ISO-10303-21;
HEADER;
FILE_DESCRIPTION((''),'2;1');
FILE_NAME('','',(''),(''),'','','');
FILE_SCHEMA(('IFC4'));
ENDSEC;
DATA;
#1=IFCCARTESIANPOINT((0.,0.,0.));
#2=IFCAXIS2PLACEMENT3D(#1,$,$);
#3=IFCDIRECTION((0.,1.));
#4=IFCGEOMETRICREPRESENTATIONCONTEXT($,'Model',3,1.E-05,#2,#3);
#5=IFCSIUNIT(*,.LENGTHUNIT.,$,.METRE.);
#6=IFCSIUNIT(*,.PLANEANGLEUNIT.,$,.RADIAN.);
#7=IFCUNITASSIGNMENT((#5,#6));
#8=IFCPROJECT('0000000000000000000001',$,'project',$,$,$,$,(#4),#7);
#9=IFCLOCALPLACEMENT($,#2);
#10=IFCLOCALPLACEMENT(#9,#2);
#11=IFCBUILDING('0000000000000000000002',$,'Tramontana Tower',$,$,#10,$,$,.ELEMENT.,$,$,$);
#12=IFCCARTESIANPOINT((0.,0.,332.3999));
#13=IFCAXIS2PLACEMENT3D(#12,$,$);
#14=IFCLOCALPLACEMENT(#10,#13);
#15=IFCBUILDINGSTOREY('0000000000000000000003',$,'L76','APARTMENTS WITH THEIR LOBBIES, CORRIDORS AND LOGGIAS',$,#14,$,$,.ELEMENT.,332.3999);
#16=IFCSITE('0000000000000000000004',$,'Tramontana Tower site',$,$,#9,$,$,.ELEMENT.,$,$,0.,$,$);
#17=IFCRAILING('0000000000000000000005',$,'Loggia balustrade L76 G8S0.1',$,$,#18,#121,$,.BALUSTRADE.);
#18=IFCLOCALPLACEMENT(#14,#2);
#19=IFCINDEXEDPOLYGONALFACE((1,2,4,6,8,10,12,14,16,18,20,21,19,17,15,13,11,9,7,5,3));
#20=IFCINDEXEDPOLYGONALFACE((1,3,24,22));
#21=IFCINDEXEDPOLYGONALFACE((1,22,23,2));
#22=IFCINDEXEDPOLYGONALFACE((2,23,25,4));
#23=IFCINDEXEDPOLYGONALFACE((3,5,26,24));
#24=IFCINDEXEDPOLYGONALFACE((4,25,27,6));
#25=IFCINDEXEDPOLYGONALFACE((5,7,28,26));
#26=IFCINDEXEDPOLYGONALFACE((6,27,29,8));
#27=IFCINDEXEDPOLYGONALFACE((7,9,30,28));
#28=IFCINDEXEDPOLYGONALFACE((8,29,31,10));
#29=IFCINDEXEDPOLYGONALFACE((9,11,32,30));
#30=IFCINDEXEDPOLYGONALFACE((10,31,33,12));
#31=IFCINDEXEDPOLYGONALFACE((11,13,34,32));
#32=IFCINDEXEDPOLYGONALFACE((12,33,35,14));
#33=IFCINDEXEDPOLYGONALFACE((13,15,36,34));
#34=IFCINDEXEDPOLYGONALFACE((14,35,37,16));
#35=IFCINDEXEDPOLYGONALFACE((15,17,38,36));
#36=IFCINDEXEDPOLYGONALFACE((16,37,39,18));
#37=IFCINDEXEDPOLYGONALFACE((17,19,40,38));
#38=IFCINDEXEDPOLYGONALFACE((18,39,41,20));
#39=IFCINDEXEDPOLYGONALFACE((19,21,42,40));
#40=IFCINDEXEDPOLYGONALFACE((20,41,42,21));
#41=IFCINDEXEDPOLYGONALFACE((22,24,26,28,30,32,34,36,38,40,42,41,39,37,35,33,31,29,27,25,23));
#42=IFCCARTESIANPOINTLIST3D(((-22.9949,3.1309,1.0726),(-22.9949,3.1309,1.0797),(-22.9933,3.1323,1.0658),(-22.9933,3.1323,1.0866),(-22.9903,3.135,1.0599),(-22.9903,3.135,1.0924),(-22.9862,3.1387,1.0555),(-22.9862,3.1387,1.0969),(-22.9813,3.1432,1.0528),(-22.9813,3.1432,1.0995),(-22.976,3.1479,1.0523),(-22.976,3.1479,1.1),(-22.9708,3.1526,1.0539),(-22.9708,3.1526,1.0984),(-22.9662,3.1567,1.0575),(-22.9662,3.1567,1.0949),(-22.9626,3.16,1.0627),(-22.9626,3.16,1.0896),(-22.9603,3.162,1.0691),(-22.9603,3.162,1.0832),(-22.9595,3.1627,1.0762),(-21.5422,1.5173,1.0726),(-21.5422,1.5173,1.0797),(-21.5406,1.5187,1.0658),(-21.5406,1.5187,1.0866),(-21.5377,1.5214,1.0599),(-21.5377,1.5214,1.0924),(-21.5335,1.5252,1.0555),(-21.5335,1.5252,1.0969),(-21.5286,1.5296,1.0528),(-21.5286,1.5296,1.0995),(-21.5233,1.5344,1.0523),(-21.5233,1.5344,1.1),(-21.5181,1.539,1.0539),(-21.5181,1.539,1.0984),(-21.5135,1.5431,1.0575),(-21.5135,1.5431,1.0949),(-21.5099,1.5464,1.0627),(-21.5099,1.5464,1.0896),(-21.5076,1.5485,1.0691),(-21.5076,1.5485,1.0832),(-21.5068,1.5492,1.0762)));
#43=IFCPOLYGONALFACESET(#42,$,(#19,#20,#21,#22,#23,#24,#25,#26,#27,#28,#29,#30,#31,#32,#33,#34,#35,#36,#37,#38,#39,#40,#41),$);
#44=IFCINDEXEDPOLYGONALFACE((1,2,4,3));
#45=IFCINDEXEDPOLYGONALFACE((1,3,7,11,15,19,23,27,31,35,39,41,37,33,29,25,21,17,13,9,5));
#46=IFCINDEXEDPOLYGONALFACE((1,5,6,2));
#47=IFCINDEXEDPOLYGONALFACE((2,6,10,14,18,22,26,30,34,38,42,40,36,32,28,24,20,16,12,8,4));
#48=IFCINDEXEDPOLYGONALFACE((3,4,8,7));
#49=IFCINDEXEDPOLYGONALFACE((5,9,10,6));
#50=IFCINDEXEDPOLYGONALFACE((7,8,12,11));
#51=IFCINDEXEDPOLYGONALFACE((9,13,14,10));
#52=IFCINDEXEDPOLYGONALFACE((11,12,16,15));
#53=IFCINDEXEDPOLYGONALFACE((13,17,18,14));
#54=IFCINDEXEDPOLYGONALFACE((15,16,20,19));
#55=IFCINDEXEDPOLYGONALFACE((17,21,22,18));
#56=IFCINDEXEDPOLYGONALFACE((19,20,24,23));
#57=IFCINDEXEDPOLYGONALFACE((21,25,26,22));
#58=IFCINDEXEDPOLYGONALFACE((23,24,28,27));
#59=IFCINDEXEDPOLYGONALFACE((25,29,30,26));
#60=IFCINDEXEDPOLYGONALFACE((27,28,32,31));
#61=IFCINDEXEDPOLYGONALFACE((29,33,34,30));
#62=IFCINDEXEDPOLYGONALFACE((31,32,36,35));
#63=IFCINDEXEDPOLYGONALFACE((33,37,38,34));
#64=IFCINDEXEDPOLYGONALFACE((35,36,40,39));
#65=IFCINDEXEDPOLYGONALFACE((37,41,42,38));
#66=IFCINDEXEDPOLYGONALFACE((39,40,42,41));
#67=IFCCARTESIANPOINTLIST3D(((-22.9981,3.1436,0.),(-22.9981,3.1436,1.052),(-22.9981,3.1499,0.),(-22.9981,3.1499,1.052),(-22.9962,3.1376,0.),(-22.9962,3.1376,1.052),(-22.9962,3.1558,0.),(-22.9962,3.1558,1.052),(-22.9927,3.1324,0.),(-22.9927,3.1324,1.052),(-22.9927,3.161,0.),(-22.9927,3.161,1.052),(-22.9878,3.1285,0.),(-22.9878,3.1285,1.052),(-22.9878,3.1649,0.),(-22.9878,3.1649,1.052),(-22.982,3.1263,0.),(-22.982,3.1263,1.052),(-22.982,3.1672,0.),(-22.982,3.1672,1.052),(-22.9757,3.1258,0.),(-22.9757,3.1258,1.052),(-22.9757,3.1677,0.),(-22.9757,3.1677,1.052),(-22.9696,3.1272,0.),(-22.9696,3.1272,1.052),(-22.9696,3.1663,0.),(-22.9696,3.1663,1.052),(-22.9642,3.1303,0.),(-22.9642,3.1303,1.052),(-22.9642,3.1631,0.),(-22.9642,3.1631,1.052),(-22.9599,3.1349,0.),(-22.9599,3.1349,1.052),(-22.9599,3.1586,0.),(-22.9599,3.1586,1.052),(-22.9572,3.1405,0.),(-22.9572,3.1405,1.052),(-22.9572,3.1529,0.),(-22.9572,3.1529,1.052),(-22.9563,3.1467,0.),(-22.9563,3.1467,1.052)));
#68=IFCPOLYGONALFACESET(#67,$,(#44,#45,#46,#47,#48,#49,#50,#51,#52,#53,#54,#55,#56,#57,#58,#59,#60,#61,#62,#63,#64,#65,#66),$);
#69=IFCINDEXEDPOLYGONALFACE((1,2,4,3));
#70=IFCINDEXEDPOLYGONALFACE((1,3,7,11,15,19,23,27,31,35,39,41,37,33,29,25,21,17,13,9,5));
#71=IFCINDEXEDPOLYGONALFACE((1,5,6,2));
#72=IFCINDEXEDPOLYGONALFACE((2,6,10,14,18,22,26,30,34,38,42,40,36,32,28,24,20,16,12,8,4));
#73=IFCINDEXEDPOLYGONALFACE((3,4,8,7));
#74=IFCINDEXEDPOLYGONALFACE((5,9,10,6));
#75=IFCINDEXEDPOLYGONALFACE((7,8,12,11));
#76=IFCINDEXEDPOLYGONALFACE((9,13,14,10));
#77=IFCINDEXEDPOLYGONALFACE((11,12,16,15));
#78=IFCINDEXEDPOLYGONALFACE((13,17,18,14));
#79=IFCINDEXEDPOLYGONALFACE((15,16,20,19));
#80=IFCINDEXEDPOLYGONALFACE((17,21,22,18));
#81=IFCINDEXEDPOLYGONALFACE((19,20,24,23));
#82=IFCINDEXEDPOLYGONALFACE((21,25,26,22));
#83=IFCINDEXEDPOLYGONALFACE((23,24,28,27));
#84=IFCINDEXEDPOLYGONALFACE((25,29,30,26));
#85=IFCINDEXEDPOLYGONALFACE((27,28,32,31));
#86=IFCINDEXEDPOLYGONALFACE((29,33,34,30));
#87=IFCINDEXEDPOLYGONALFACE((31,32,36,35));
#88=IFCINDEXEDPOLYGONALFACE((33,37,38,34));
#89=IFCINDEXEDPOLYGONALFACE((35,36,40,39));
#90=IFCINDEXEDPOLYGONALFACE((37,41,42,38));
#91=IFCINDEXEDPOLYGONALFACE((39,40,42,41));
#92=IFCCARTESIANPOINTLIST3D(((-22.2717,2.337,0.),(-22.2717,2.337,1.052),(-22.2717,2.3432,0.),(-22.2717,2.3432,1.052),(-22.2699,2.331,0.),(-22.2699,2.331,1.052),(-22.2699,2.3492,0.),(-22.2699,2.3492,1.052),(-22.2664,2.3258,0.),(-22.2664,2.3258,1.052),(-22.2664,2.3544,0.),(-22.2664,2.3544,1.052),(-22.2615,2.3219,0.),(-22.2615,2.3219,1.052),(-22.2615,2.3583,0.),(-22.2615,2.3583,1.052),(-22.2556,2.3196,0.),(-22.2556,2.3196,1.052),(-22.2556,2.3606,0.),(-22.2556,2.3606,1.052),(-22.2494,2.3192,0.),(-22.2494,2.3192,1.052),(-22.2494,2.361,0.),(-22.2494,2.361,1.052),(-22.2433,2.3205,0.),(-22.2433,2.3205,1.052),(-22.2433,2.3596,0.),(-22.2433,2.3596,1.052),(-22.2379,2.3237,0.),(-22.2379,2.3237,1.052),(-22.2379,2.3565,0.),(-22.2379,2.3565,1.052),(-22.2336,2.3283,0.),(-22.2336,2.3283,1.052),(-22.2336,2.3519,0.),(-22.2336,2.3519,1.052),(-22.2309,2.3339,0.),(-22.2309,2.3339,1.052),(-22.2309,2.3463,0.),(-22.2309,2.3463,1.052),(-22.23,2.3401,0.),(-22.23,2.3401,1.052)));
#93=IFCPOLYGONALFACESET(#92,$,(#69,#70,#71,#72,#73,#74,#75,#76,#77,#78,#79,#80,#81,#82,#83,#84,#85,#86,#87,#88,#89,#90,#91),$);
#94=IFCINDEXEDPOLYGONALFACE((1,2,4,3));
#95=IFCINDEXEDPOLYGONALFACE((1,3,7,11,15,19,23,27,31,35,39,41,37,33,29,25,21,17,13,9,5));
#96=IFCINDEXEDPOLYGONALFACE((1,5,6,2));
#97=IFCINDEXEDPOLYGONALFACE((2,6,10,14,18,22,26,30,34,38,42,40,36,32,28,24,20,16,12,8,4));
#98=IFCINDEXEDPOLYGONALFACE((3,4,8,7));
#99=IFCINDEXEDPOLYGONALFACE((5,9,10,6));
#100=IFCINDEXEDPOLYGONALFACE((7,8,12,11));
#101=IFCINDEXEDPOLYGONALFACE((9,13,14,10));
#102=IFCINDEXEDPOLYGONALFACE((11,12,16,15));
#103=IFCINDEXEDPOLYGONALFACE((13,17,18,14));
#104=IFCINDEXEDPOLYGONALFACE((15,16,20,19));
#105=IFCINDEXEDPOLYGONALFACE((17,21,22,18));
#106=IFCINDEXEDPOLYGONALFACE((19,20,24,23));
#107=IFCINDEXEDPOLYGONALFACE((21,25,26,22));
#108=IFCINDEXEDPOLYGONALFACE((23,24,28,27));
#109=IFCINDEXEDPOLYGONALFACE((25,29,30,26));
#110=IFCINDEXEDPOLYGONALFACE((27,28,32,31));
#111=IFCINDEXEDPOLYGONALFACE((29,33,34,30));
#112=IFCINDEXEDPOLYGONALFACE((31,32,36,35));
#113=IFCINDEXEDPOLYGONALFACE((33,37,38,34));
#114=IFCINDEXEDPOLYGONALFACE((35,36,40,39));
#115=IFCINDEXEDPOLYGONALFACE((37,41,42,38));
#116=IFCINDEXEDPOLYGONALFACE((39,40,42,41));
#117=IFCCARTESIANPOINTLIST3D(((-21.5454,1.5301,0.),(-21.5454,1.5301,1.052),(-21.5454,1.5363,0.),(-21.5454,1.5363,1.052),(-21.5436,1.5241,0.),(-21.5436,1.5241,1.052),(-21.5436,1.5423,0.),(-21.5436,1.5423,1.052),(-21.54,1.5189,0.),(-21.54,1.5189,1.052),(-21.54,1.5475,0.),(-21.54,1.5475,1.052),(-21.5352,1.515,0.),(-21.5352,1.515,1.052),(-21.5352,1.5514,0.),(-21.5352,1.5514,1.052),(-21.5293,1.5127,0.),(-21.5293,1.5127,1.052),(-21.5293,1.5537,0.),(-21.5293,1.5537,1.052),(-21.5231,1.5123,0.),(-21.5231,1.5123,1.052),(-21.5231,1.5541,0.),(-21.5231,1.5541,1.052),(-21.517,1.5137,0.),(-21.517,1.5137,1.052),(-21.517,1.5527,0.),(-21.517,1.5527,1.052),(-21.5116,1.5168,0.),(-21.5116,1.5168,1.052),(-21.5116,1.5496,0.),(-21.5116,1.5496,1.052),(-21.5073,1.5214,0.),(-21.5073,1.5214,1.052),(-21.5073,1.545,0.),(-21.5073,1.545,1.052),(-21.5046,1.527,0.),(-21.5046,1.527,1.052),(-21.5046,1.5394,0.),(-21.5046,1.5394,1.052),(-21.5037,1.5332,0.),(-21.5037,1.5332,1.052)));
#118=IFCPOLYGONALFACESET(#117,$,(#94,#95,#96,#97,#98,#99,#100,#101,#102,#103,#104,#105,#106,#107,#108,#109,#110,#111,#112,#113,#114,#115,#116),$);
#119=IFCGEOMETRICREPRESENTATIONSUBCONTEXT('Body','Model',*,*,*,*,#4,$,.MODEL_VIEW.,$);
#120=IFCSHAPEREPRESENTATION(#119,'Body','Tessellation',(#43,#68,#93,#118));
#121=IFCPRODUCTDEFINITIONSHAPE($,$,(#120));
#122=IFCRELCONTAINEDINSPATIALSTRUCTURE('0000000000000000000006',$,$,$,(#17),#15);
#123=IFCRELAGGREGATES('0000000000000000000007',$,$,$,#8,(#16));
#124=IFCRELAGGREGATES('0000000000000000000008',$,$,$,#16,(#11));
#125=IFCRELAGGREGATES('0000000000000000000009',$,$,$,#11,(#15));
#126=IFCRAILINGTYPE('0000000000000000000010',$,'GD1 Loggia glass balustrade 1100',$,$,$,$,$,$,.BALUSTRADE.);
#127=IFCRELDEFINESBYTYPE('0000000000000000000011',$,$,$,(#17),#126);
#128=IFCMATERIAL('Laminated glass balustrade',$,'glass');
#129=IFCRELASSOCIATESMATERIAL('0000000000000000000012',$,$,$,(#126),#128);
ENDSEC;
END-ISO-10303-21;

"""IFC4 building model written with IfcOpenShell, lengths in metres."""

from ifc_helpers import new_model, si_unit, direction, frame, origin, origin_2d, place, context, subcontext, project, spatial, circle, extrude, material, type_object, element, save


model = new_model("IFC4")

# Units and contexts
model_context = context("Model", 3, precision=1e-05, world=origin(), true_north=direction((0.0, 1.0)))
body_context = subcontext(model_context, "Body", "Model", "MODEL_VIEW")
ifc_project = project(units=[si_unit("LENGTHUNIT", "METRE"), si_unit("PLANEANGLEUNIT", "RADIAN")], contexts=[model_context])

# Site, building, storey
site_placement = place(None, origin())
site = spatial("IfcSite", under=ifc_project, at=site_placement, Name="Tramontana Tower site", CompositionType="ELEMENT", RefElevation=0.0)
building_placement = place(site_placement, origin())
building = spatial("IfcBuilding", under=site, at=building_placement, Name="Tramontana Tower", CompositionType="ELEMENT")
storey_placement = place(building_placement, frame((0.0, 0.0, 332.3999)))
storey = spatial("IfcBuildingStorey", under=building, at=storey_placement, Name="L76", Description="APARTMENTS WITH THEIR LOBBIES, CORRIDORS AND LOGGIAS", CompositionType="ELEMENT", Elevation=332.3999)

# Railing
ifc_material_1 = material(Name="Laminated glass balustrade", Category="glass")
railing_type = type_object("IfcRailingType", Name="GD1 Loggia glass balustrade 1100", PredefinedType="BALUSTRADE", material=ifc_material_1)
railing_1_placement = place(storey_placement, frame((-22.9773, 3.1467, 0.0)))
element("IfcRailing", 1, at=railing_1_placement, inside=storey, type_object=railing_type, Name="Loggia balustrade L76 G8S0.1", PredefinedType="BALUSTRADE", context=body_context, shape_type="SweptSolid", body=[
    extrude(circle(Radius=0.0239, at=origin_2d()), frame((0.0, 0.0, 1.0762), z_axis=(0.669083, -0.743188, 0.0), x_axis=(0.743188, 0.669083, 0.0)), (0.0, 0.0, 1.0), 2.1711),
    extrude(circle(Radius=0.021, at=origin_2d()), origin(), (0.0, 0.0, 1.0), 1.052),
    extrude(circle(Radius=0.021, at=origin_2d()), frame((0.7263, -0.8066, 0.0)), (0.0, 0.0, 1.0), 1.052),
    extrude(circle(Radius=0.021, at=origin_2d()), frame((1.4526, -1.6135, 0.0)), (0.0, 0.0, 1.0), 1.052),
])

save(model, "model.ifc")
